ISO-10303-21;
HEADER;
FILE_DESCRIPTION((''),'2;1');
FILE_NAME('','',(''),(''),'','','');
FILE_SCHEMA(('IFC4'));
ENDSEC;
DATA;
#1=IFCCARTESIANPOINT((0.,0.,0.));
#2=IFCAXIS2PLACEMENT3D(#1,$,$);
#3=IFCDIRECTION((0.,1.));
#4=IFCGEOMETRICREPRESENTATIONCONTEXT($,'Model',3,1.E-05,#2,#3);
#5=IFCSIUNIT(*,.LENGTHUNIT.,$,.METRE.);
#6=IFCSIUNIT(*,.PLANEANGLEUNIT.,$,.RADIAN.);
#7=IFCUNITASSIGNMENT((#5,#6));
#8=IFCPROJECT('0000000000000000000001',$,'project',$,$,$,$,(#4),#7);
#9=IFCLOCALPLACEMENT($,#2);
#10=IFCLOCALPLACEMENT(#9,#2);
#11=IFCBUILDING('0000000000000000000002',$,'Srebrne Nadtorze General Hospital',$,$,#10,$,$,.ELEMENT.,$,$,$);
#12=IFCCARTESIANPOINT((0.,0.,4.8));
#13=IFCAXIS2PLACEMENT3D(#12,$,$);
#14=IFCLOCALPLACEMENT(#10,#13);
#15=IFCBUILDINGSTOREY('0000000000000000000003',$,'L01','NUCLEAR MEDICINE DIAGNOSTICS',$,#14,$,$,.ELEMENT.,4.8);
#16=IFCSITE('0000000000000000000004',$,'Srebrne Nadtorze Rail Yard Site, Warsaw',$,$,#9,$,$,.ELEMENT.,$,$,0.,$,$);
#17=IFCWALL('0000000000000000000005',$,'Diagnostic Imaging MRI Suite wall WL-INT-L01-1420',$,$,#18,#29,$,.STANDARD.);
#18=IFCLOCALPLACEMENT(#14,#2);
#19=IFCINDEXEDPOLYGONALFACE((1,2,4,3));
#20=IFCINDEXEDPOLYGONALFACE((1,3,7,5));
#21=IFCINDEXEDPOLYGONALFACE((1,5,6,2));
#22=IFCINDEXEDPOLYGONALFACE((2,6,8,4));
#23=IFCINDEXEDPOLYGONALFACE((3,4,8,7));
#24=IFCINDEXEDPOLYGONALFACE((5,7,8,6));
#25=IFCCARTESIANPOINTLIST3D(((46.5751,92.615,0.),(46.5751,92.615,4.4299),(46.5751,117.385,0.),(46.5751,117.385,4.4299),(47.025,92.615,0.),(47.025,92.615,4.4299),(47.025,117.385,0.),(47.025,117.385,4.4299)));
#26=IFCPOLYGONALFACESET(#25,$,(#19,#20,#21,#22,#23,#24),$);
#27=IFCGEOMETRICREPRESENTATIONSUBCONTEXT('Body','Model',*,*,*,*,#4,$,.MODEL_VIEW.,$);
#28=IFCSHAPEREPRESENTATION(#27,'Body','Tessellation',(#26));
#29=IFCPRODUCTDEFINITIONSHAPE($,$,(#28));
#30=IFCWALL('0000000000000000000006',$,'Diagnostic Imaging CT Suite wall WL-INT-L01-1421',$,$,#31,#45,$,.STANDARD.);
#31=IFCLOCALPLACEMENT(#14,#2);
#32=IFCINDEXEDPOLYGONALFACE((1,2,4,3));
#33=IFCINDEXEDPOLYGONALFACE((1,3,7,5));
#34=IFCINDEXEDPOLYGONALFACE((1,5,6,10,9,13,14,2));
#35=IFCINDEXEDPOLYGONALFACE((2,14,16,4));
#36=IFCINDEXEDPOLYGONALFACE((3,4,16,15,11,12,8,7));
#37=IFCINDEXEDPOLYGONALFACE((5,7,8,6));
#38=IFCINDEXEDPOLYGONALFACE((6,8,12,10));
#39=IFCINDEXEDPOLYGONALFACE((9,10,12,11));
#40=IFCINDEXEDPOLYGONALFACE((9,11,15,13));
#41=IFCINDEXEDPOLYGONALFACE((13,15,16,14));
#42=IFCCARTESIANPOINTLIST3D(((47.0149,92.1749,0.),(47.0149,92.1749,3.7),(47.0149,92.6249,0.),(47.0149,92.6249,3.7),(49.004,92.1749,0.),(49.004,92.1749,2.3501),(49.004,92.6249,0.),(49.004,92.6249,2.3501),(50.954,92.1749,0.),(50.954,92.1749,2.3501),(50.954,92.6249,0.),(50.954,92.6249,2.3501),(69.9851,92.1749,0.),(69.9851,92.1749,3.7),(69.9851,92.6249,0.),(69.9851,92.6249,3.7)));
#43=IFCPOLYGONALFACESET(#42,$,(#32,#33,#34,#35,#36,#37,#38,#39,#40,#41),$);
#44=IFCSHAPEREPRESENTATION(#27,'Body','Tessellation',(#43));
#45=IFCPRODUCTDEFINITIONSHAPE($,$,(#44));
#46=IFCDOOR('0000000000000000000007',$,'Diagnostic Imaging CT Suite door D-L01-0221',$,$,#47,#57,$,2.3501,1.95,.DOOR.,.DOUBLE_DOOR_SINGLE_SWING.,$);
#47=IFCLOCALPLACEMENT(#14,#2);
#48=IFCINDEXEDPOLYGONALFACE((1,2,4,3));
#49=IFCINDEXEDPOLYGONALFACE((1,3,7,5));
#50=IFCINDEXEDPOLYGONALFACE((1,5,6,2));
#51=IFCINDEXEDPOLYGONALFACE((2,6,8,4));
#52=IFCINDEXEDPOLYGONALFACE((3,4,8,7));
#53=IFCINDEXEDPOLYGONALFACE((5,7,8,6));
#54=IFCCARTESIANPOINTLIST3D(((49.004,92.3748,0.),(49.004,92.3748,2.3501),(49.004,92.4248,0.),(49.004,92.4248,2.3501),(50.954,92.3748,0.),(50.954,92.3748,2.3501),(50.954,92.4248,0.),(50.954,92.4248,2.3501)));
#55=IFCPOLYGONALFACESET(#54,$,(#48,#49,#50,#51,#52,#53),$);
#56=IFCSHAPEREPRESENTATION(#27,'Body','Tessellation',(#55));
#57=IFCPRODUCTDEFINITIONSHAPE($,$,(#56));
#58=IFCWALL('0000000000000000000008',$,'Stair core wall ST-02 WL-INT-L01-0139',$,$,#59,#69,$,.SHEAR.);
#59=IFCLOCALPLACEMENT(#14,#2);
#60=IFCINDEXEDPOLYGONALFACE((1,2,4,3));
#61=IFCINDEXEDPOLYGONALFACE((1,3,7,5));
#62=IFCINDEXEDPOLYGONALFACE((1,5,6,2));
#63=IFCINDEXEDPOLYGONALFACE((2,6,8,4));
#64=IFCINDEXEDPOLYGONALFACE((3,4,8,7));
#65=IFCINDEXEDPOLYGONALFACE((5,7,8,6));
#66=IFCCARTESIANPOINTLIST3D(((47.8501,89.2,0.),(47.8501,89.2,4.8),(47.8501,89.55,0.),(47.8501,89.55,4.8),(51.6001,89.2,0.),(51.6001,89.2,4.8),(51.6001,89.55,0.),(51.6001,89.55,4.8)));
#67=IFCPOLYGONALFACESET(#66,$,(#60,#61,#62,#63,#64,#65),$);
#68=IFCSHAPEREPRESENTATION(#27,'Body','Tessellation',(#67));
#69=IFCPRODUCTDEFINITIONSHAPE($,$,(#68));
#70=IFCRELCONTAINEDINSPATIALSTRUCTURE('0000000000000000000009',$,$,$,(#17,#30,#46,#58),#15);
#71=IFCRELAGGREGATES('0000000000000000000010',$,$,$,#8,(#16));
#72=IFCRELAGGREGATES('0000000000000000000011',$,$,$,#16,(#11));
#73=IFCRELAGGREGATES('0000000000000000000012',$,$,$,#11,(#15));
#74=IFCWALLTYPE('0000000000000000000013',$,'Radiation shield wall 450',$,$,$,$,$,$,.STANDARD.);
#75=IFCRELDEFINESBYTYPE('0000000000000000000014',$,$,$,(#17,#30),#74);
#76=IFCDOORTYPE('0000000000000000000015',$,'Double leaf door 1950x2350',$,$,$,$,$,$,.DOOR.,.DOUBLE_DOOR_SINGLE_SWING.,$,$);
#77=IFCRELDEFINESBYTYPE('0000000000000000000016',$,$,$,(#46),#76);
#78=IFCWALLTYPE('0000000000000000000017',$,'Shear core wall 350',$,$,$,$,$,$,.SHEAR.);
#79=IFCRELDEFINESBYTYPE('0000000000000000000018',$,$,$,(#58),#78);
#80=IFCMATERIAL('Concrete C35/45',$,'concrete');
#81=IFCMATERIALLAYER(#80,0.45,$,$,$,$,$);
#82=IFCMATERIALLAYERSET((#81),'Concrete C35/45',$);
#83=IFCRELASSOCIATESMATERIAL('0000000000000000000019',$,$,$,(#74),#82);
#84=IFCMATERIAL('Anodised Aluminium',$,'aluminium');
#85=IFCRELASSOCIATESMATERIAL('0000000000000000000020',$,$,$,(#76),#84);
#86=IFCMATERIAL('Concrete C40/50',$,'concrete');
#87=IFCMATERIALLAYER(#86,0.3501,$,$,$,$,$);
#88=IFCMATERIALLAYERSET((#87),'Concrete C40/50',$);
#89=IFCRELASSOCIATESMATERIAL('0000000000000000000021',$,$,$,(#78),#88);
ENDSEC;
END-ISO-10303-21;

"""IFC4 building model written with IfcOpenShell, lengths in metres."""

from ifc_helpers import new_model, si_unit, direction, frame, frame_2d, origin, place, context, subcontext, project, spatial, rectangle, extrude, material, layer, layer_set, type_object, element, fill, save


model = new_model("IFC4")

# Units and contexts
model_context = context("Model", 3, precision=1e-05, world=origin(), true_north=direction((0.0, 1.0)))
body_context = subcontext(model_context, "Body", "Model", "MODEL_VIEW")
ifc_project = project(units=[si_unit("LENGTHUNIT", "METRE"), si_unit("PLANEANGLEUNIT", "RADIAN")], contexts=[model_context])

# Site, building, storey
site_placement = place(None, origin())
site = spatial("IfcSite", under=ifc_project, at=site_placement, Name="Srebrne Nadtorze Rail Yard Site, Warsaw", CompositionType="ELEMENT", RefElevation=0.0)
building_placement = place(site_placement, origin())
building = spatial("IfcBuilding", under=site, at=building_placement, Name="Srebrne Nadtorze General Hospital", CompositionType="ELEMENT")
storey_placement = place(building_placement, frame((0.0, 0.0, 4.8)))
storey = spatial("IfcBuildingStorey", under=building, at=storey_placement, Name="L01", Description="NUCLEAR MEDICINE DIAGNOSTICS", CompositionType="ELEMENT", Elevation=4.8)

# Wall
ifc_material_1 = material(Name="Concrete C35/45", Category="concrete")
ifc_layer_1 = layer(ifc_material_1, 0.45)
ifc_layer_set_1 = layer_set([ifc_layer_1], Name="Concrete C35/45")
wall_type_1 = type_object("IfcWallType", Name="Radiation shield wall 450", PredefinedType="STANDARD", material=ifc_layer_set_1)
wall_1_placement = place(storey_placement, frame((46.8, 92.615, 0.0), z_axis=(0.0, 0.0, 1.0), x_axis=(0.0, 1.0, 0.0)))
element("IfcWall", 1, at=wall_1_placement, inside=storey, type_object=wall_type_1, Name="Diagnostic Imaging MRI Suite wall WL-INT-L01-1420", PredefinedType="STANDARD", context=body_context, shape_type="SweptSolid", body=[
    extrude(rectangle(XDim=24.77, YDim=0.45, at=frame_2d((12.385, 0.0))), origin(), (0.0, 0.0, 1.0), 4.4299),
])

# Wall, opening, door
wall_2_placement = place(storey_placement, frame((47.0149, 92.3999, 0.0), z_axis=(0.0, 0.0, 1.0), x_axis=(1.0, 0.0, 0.0)))
wall_2 = element("IfcWall", 2, at=wall_2_placement, inside=storey, type_object=wall_type_1, Name="Diagnostic Imaging CT Suite wall WL-INT-L01-1421", PredefinedType="STANDARD", context=body_context, shape_type="SweptSolid", body=[
    extrude(rectangle(XDim=22.9702, YDim=0.45, at=frame_2d((11.4851, 0.0))), origin(), (0.0, 0.0, 1.0), 3.7),
])
opening_1_placement = place(wall_2_placement, frame((1.989, 0.0, 0.0)))
opening_1 = element("IfcOpeningElement", 3, at=opening_1_placement, cuts=wall_2, PredefinedType="OPENING", context=body_context, shape_type="SweptSolid", body=[
    extrude(rectangle(XDim=1.95, YDim=2.3501, at=frame_2d((0.9751, 1.175))), frame((0.0, 0.2368, 0.0), z_axis=(0.0, -1.0, 0.0), x_axis=(1.0, 0.0, 0.0)), (0.0, 0.0, 1.0), 0.4739),
])
ifc_material_2 = material(Name="Anodised Aluminium", Category="aluminium")
door_type = type_object("IfcDoorType", Name="Double leaf door 1950x2350", OperationType="DOUBLE_DOOR_SINGLE_SWING", PredefinedType="DOOR", material=ifc_material_2)
door_placement = place(opening_1_placement, origin())
door = element("IfcDoor", 4, at=door_placement, inside=storey, type_object=door_type, Name="Diagnostic Imaging CT Suite door D-L01-0221", OperationType="DOUBLE_DOOR_SINGLE_SWING", OverallHeight=2.3501, OverallWidth=1.95, PredefinedType="DOOR", context=body_context, shape_type="SweptSolid", body=[
    extrude(rectangle(XDim=1.95, YDim=2.3501, at=frame_2d((0.9751, 1.175))), frame((0.0, 0.0249, 0.0), z_axis=(0.0, -1.0, 0.0), x_axis=(1.0, 0.0, 0.0)), (0.0, 0.0, 1.0), 0.05),
])
fill(opening_1, door)

# Wall
ifc_material_3 = material(Name="Concrete C40/50", Category="concrete")
ifc_layer_2 = layer(ifc_material_3, 0.3501)
ifc_layer_set_2 = layer_set([ifc_layer_2], Name="Concrete C40/50")
wall_type_2 = type_object("IfcWallType", Name="Shear core wall 350", PredefinedType="SHEAR", material=ifc_layer_set_2)
wall_3_placement = place(storey_placement, frame((47.8501, 89.375, 0.0), z_axis=(0.0, 0.0, 1.0), x_axis=(1.0, 0.0, 0.0)))
element("IfcWall", 5, at=wall_3_placement, inside=storey, type_object=wall_type_2, Name="Stair core wall ST-02 WL-INT-L01-0139", PredefinedType="SHEAR", context=body_context, shape_type="SweptSolid", body=[
    extrude(rectangle(XDim=3.75, YDim=0.3501, at=frame_2d((1.875, 0.0))), origin(), (0.0, 0.0, 1.0), 4.8),
])

save(model, "model.ifc")
